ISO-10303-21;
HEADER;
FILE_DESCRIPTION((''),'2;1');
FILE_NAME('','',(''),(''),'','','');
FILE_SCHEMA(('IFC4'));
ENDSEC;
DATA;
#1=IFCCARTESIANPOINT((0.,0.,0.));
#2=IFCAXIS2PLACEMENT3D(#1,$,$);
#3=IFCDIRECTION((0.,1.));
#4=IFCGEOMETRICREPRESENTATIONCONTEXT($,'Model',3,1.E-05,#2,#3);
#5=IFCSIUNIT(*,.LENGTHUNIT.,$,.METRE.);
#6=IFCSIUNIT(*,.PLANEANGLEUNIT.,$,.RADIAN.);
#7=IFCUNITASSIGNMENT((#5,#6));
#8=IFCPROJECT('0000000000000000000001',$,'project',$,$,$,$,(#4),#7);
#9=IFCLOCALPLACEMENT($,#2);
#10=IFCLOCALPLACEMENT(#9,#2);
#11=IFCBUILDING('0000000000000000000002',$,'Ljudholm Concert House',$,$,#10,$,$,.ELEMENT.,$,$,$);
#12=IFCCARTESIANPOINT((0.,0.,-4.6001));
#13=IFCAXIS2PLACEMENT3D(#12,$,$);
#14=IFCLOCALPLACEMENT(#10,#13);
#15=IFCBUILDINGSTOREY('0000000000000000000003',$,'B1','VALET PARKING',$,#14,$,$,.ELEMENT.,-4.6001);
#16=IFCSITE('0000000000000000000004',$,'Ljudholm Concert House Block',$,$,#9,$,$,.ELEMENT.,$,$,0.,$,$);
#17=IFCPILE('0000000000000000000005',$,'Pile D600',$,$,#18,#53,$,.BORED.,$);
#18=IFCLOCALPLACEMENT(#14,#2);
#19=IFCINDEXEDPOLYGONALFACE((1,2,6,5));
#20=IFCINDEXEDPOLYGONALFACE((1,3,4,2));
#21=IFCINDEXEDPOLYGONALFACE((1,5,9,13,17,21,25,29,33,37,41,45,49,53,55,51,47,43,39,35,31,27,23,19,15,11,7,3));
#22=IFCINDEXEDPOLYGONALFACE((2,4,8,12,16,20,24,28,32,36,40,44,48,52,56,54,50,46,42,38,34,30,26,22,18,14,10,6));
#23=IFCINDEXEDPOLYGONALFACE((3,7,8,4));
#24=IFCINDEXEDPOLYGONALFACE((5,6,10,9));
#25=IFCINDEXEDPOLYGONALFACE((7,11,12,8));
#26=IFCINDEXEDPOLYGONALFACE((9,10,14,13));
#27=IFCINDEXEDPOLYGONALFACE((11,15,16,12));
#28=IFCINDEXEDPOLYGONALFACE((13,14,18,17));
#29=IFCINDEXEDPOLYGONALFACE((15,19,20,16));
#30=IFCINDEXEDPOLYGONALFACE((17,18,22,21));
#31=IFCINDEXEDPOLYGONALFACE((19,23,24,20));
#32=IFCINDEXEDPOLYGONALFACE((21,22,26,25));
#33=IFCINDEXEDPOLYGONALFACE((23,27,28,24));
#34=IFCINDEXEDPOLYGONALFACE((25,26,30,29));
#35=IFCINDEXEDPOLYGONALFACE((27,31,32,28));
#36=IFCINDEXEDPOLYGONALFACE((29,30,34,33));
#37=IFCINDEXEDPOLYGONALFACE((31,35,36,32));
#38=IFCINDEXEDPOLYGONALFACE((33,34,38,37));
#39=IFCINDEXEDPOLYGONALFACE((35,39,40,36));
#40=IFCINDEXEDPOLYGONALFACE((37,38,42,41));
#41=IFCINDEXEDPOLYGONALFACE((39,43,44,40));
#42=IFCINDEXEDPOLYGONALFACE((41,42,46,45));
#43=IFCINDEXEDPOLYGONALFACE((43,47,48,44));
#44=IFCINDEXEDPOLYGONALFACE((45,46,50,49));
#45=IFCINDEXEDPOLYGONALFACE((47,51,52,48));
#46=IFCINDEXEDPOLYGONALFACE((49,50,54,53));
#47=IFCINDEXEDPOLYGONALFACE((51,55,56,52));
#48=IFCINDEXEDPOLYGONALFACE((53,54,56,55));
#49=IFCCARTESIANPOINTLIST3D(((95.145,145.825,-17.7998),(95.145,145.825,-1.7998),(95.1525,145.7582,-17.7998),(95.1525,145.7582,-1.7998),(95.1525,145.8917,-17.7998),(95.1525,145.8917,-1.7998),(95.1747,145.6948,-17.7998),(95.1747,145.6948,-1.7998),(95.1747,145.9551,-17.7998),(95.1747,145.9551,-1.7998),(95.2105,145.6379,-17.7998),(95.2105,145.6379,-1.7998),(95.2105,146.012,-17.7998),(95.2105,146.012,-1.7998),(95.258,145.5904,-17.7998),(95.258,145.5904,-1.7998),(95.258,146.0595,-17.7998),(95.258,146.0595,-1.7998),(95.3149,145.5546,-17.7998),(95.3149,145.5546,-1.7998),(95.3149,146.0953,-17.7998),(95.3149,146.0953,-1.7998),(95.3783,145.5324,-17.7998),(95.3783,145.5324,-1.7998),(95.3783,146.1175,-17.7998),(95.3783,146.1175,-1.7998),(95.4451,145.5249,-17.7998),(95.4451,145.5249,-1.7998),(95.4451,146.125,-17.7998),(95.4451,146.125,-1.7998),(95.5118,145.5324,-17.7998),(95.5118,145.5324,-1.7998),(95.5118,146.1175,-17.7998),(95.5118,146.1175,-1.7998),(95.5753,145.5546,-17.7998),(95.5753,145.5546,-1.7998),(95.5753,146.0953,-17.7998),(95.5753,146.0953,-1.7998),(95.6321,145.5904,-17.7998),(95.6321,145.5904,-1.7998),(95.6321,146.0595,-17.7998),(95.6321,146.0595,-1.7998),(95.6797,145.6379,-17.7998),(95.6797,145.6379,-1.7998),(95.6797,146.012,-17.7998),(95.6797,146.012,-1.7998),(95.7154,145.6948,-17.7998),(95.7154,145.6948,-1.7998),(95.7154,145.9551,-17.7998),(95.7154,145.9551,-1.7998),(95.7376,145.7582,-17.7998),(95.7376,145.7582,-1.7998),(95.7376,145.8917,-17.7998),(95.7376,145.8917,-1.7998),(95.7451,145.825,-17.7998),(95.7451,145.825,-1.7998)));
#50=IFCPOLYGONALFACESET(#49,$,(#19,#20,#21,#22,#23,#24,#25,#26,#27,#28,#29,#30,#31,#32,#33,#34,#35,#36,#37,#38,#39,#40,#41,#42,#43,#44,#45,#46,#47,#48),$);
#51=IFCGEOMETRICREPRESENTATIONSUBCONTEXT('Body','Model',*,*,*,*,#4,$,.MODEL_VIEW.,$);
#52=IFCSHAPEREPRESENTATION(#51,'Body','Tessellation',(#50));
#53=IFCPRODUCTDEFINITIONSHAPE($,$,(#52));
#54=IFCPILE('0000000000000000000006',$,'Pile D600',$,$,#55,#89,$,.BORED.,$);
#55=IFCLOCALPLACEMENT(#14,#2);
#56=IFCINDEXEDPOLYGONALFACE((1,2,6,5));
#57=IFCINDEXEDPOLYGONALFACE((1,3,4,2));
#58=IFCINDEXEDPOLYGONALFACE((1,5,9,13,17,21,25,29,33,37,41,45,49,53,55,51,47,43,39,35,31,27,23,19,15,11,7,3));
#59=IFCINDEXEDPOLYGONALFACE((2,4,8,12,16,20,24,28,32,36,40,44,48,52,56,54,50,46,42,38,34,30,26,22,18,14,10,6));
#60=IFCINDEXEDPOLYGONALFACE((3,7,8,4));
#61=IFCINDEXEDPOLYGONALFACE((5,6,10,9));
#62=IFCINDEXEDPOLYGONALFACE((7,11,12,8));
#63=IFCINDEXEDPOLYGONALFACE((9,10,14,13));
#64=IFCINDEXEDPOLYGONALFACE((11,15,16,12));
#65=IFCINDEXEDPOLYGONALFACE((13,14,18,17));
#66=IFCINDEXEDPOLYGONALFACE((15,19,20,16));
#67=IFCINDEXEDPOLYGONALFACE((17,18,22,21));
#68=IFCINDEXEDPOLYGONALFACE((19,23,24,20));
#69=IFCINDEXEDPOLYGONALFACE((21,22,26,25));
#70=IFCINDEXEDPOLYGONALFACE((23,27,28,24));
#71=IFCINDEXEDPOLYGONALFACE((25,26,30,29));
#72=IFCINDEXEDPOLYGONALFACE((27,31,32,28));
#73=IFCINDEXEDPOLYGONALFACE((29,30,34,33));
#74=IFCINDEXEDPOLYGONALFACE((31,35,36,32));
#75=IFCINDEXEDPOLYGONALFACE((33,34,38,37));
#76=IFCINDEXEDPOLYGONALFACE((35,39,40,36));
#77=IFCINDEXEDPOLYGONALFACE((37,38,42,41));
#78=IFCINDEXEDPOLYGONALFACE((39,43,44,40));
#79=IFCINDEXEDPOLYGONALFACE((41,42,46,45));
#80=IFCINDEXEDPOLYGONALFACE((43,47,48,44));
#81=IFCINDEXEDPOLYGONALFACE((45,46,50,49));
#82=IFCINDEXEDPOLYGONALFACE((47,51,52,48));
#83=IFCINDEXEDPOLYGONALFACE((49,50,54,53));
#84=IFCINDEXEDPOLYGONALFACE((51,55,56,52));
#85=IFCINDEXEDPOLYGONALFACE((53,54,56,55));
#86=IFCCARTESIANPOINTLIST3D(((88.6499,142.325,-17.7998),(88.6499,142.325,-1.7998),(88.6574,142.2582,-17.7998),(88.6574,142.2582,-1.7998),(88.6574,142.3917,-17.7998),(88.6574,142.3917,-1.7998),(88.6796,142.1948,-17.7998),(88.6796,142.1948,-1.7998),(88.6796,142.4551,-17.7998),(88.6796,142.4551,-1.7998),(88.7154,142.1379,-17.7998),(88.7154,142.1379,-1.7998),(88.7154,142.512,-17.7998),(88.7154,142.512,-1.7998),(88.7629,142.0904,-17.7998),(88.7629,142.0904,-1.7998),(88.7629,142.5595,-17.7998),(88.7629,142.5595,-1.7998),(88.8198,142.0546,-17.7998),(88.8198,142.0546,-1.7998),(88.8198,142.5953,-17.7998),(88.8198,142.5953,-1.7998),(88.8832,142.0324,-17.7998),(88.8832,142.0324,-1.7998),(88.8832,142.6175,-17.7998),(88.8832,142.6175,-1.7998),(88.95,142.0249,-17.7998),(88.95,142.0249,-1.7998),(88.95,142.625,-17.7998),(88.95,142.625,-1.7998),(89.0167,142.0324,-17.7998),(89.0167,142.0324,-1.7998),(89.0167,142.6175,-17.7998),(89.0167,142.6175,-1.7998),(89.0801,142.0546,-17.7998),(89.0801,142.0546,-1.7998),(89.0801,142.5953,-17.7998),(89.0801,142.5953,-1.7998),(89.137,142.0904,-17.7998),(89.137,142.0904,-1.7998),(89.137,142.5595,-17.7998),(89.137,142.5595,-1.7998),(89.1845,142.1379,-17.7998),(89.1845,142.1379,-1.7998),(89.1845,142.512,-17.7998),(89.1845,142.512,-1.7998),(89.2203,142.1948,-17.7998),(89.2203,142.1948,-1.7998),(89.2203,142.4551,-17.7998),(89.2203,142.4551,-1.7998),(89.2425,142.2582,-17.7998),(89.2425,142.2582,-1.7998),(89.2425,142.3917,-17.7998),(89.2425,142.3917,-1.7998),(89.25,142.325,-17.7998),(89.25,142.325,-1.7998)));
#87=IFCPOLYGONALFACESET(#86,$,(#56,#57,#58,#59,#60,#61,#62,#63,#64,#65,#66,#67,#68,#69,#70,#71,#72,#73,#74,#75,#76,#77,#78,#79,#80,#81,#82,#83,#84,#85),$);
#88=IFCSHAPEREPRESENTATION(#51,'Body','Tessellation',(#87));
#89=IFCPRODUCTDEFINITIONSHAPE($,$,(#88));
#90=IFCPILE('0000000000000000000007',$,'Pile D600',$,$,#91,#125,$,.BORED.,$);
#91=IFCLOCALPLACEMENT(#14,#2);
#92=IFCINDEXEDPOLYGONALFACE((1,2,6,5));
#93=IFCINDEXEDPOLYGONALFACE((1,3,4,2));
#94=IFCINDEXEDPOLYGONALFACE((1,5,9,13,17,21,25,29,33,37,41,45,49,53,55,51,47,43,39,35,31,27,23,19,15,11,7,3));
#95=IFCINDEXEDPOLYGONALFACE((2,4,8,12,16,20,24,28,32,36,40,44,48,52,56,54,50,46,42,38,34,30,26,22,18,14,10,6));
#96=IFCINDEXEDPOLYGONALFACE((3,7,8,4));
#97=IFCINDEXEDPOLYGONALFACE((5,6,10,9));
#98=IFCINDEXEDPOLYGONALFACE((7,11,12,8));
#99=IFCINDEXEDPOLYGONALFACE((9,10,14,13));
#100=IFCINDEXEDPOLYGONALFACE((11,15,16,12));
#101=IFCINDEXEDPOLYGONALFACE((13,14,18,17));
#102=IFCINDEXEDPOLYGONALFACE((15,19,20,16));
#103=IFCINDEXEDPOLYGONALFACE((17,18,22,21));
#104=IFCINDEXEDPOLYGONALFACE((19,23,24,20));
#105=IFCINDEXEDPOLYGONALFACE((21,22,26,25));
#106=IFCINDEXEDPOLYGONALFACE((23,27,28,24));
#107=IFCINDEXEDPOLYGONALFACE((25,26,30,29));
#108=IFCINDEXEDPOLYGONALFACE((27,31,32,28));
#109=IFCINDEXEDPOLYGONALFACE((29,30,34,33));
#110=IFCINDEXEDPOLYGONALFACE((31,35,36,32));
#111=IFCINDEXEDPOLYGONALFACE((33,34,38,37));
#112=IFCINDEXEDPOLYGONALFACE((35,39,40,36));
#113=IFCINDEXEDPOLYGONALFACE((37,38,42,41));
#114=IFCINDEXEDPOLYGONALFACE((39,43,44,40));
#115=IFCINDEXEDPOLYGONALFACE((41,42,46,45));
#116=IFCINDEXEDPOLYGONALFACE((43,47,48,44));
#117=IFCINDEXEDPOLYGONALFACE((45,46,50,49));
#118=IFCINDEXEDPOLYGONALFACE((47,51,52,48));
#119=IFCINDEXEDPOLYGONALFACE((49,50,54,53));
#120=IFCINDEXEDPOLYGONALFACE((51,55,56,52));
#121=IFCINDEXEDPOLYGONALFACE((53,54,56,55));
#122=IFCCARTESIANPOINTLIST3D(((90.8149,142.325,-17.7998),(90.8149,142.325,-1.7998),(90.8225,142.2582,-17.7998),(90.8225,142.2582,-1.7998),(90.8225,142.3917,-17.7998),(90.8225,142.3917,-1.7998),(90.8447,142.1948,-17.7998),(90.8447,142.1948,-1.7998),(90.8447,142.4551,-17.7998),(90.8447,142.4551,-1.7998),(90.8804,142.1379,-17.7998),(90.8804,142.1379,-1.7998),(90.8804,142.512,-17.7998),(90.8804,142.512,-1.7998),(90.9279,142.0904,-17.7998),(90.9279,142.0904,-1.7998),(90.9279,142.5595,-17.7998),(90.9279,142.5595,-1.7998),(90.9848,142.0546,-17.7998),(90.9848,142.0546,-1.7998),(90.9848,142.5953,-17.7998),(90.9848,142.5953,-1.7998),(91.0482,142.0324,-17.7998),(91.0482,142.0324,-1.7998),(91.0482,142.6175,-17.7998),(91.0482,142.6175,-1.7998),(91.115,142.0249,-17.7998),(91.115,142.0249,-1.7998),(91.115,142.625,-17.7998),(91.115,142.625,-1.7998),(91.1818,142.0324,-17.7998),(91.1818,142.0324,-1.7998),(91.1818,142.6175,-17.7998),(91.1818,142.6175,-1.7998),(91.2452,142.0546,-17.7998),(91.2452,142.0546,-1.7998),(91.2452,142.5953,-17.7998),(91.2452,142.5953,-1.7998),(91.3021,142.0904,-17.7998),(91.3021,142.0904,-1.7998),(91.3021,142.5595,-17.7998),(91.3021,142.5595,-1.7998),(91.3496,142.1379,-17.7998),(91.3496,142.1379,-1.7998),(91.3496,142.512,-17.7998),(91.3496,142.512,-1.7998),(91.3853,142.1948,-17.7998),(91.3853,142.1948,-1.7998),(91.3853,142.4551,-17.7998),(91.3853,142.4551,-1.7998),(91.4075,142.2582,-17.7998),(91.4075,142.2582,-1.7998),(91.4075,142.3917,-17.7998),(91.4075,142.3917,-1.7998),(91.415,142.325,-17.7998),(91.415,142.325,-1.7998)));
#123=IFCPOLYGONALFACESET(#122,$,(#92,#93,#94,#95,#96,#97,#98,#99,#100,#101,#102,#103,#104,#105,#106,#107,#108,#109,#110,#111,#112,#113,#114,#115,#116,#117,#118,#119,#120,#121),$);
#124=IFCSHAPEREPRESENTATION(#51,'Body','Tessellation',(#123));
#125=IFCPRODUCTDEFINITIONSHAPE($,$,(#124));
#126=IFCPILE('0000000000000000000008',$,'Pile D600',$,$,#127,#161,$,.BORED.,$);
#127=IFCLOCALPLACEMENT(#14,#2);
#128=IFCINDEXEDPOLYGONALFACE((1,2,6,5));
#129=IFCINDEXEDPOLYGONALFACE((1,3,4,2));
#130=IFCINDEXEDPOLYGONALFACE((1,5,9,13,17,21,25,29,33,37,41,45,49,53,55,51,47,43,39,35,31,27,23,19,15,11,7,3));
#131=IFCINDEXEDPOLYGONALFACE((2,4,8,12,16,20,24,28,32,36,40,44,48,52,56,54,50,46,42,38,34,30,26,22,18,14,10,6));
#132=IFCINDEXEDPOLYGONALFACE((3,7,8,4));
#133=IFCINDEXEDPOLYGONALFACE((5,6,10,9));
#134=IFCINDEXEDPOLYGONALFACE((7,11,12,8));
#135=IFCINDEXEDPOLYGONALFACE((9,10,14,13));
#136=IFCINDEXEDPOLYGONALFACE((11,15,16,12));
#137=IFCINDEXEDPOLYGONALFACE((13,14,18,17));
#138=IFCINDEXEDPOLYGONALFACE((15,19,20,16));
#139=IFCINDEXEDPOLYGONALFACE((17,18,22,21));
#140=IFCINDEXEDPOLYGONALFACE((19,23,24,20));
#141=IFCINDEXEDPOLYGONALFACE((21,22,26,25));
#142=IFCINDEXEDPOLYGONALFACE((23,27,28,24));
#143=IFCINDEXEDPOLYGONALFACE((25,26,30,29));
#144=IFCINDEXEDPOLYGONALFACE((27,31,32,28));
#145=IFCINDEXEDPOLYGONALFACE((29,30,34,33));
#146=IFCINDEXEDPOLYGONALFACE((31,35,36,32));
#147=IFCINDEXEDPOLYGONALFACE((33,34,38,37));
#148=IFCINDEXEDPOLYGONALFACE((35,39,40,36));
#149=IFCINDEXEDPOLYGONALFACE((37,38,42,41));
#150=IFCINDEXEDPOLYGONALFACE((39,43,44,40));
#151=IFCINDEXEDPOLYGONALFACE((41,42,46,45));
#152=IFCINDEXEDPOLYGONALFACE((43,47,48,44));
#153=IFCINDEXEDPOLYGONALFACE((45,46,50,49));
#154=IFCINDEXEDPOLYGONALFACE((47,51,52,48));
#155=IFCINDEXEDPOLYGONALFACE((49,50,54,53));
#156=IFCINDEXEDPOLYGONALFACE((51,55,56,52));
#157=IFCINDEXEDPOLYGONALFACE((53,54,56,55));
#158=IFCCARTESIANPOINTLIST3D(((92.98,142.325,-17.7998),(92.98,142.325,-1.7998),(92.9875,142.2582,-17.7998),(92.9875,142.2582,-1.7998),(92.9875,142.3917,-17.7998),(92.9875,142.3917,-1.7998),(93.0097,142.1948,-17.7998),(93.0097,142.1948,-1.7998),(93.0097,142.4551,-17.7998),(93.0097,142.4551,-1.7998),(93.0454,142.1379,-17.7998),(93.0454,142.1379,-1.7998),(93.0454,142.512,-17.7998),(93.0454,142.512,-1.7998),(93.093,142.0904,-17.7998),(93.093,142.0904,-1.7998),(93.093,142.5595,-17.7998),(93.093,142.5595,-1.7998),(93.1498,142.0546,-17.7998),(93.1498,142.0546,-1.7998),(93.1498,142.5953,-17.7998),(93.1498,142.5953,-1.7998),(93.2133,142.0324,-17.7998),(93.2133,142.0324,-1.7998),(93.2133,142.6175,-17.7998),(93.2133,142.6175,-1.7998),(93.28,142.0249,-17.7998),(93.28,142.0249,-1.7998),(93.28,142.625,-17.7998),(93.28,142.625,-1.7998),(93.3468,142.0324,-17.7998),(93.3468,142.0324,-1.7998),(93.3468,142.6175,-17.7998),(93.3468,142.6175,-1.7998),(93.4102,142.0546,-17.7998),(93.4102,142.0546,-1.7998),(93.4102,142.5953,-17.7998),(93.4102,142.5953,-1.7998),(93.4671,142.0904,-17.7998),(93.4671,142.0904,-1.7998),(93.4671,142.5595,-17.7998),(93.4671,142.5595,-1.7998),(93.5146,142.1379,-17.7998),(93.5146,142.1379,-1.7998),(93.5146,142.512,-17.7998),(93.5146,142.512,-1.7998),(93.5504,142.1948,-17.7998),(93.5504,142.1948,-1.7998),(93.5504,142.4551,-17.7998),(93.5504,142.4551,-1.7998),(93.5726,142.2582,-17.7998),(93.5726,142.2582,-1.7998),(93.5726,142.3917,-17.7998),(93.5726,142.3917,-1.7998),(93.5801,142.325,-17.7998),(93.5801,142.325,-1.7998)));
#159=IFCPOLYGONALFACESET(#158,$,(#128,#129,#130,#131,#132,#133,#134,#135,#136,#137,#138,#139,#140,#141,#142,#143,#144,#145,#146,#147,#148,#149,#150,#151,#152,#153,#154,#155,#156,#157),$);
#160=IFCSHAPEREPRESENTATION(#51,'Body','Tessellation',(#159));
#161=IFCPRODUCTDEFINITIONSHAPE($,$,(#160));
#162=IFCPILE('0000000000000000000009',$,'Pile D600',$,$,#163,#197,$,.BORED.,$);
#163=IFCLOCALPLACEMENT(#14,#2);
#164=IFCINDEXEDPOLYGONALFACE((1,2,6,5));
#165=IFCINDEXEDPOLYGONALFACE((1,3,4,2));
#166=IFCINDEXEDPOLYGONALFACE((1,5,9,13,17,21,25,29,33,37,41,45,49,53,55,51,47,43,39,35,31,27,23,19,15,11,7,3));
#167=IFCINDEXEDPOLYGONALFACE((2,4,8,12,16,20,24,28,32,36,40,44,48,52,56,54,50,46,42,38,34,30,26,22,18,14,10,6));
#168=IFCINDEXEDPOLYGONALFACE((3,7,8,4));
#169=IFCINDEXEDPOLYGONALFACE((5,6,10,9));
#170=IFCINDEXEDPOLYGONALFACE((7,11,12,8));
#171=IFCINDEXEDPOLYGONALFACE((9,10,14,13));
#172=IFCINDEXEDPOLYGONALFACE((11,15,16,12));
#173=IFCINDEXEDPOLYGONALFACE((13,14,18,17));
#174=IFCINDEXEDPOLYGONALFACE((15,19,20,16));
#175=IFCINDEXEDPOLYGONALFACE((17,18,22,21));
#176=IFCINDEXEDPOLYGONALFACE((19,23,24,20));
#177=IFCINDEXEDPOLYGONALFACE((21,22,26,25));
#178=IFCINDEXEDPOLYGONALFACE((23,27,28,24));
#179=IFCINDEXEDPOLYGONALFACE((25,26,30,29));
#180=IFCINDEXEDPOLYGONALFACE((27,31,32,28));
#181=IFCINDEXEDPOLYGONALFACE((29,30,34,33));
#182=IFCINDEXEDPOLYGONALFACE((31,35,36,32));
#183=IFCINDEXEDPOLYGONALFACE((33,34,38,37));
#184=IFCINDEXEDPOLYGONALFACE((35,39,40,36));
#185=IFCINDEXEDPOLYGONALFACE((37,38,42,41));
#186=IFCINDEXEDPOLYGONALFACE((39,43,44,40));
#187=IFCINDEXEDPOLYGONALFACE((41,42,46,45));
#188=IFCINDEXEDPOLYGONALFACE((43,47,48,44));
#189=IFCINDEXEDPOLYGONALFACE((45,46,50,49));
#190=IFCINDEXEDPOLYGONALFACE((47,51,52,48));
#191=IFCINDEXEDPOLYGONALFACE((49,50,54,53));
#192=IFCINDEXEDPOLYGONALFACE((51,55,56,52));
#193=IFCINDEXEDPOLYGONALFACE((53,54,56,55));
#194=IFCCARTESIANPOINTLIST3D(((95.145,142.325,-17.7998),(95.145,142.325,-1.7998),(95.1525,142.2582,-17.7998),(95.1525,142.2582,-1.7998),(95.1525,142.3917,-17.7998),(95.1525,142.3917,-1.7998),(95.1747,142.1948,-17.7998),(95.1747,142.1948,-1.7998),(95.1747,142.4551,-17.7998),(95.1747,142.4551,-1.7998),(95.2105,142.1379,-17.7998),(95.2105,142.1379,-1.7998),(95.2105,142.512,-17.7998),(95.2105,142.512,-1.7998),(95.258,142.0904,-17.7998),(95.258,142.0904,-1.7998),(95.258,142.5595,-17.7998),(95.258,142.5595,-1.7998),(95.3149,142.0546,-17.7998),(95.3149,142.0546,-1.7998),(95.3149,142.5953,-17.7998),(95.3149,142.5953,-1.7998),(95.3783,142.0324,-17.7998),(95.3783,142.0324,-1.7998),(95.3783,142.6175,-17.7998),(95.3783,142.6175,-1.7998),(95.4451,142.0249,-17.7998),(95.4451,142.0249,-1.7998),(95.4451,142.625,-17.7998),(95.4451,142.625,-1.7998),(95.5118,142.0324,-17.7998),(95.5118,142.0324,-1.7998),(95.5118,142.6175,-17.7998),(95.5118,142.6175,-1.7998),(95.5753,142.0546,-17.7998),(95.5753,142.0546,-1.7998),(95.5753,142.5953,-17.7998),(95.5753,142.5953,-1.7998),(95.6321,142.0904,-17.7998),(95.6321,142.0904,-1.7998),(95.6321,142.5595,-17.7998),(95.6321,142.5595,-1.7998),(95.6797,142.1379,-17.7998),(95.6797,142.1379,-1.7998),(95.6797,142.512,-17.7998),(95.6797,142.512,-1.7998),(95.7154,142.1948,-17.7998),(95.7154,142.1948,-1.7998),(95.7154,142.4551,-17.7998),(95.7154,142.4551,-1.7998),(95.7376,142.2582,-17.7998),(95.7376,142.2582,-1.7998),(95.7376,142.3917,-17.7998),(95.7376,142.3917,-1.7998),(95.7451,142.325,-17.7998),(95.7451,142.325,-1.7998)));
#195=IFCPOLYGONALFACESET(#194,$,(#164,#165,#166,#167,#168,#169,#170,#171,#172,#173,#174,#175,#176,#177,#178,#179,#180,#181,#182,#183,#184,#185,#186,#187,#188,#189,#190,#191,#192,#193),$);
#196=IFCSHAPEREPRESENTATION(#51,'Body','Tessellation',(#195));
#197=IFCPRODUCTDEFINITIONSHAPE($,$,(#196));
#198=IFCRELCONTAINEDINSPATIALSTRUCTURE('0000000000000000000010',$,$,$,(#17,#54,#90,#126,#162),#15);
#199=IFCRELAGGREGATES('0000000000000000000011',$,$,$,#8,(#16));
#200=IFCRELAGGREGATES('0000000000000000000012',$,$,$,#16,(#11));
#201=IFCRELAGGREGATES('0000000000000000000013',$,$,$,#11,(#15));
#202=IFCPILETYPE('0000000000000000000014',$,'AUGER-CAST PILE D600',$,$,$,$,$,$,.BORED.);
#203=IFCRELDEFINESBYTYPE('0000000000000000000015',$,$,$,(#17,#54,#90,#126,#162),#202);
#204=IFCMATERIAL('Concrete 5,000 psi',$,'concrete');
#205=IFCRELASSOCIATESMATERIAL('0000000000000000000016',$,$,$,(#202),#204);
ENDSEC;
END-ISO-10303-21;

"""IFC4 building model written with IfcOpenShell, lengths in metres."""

from ifc_helpers import new_model, si_unit, direction, frame, origin, origin_2d, place, context, subcontext, project, spatial, circle, extrude, material, material_profile, profile_set, type_object, element, save


model = new_model("IFC4")

# Units and contexts
model_context = context("Model", 3, precision=1e-05, world=origin(), true_north=direction((0.0, 1.0)))
body_context = subcontext(model_context, "Body", "Model", "MODEL_VIEW")
ifc_project = project(units=[si_unit("LENGTHUNIT", "METRE"), si_unit("PLANEANGLEUNIT", "RADIAN")], contexts=[model_context])

# Site, building, storey
site_placement = place(None, origin())
site = spatial("IfcSite", under=ifc_project, at=site_placement, Name="Ljudholm Concert House Block", CompositionType="ELEMENT", RefElevation=0.0)
building_placement = place(site_placement, origin())
building = spatial("IfcBuilding", under=site, at=building_placement, Name="Ljudholm Concert House", CompositionType="ELEMENT")
storey_placement = place(building_placement, frame((0.0, 0.0, -4.6001)))
storey = spatial("IfcBuildingStorey", under=building, at=storey_placement, Name="B1", Description="VALET PARKING", CompositionType="ELEMENT", Elevation=-4.6001)

# Piles
ifc_material_1 = material(Name="Concrete 5,000 psi", Category="concrete")
ifc_material_profile_1 = material_profile(ifc_material_1, circle(Radius=0.3, at=origin_2d()), Name="AUGER-CAST PILE D600")
ifc_profile_set_1 = profile_set([ifc_material_profile_1], Name="Concrete 5,000 psi")
pile_type = type_object("IfcPileType", Name="AUGER-CAST PILE D600", PredefinedType="BORED", material=ifc_profile_set_1)
for number, where, z_axis, x_axis, name in (
    (1, (95.4451, 145.825, -1.7998), (0.0, 0.0, -1.0), (1.0, 0.0, 0.0), "Pile D600"),
    (2, (88.95, 142.325, -1.7998), (0.0, 0.0, -1.0), (1.0, 0.0, 0.0), "Pile D600"),
    (3, (91.115, 142.325, -1.7998), (0.0, 0.0, -1.0), (1.0, 0.0, 0.0), "Pile D600"),
    (4, (93.28, 142.325, -1.7998), (0.0, 0.0, -1.0), (1.0, 0.0, 0.0), "Pile D600"),
    (5, (95.4451, 142.325, -1.7998), (0.0, 0.0, -1.0), (1.0, 0.0, 0.0), "Pile D600"),
):
    element("IfcPile", number, at=place(storey_placement, frame(where, z_axis=z_axis, x_axis=x_axis)), inside=storey, type_object=pile_type, Name=name, PredefinedType="BORED", context=body_context, shape_type="SweptSolid", body=[
        extrude(circle(Radius=0.3, at=origin_2d()), origin(), (0.0, 0.0, 1.0), 16.0),
    ])

save(model, "model.ifc")
